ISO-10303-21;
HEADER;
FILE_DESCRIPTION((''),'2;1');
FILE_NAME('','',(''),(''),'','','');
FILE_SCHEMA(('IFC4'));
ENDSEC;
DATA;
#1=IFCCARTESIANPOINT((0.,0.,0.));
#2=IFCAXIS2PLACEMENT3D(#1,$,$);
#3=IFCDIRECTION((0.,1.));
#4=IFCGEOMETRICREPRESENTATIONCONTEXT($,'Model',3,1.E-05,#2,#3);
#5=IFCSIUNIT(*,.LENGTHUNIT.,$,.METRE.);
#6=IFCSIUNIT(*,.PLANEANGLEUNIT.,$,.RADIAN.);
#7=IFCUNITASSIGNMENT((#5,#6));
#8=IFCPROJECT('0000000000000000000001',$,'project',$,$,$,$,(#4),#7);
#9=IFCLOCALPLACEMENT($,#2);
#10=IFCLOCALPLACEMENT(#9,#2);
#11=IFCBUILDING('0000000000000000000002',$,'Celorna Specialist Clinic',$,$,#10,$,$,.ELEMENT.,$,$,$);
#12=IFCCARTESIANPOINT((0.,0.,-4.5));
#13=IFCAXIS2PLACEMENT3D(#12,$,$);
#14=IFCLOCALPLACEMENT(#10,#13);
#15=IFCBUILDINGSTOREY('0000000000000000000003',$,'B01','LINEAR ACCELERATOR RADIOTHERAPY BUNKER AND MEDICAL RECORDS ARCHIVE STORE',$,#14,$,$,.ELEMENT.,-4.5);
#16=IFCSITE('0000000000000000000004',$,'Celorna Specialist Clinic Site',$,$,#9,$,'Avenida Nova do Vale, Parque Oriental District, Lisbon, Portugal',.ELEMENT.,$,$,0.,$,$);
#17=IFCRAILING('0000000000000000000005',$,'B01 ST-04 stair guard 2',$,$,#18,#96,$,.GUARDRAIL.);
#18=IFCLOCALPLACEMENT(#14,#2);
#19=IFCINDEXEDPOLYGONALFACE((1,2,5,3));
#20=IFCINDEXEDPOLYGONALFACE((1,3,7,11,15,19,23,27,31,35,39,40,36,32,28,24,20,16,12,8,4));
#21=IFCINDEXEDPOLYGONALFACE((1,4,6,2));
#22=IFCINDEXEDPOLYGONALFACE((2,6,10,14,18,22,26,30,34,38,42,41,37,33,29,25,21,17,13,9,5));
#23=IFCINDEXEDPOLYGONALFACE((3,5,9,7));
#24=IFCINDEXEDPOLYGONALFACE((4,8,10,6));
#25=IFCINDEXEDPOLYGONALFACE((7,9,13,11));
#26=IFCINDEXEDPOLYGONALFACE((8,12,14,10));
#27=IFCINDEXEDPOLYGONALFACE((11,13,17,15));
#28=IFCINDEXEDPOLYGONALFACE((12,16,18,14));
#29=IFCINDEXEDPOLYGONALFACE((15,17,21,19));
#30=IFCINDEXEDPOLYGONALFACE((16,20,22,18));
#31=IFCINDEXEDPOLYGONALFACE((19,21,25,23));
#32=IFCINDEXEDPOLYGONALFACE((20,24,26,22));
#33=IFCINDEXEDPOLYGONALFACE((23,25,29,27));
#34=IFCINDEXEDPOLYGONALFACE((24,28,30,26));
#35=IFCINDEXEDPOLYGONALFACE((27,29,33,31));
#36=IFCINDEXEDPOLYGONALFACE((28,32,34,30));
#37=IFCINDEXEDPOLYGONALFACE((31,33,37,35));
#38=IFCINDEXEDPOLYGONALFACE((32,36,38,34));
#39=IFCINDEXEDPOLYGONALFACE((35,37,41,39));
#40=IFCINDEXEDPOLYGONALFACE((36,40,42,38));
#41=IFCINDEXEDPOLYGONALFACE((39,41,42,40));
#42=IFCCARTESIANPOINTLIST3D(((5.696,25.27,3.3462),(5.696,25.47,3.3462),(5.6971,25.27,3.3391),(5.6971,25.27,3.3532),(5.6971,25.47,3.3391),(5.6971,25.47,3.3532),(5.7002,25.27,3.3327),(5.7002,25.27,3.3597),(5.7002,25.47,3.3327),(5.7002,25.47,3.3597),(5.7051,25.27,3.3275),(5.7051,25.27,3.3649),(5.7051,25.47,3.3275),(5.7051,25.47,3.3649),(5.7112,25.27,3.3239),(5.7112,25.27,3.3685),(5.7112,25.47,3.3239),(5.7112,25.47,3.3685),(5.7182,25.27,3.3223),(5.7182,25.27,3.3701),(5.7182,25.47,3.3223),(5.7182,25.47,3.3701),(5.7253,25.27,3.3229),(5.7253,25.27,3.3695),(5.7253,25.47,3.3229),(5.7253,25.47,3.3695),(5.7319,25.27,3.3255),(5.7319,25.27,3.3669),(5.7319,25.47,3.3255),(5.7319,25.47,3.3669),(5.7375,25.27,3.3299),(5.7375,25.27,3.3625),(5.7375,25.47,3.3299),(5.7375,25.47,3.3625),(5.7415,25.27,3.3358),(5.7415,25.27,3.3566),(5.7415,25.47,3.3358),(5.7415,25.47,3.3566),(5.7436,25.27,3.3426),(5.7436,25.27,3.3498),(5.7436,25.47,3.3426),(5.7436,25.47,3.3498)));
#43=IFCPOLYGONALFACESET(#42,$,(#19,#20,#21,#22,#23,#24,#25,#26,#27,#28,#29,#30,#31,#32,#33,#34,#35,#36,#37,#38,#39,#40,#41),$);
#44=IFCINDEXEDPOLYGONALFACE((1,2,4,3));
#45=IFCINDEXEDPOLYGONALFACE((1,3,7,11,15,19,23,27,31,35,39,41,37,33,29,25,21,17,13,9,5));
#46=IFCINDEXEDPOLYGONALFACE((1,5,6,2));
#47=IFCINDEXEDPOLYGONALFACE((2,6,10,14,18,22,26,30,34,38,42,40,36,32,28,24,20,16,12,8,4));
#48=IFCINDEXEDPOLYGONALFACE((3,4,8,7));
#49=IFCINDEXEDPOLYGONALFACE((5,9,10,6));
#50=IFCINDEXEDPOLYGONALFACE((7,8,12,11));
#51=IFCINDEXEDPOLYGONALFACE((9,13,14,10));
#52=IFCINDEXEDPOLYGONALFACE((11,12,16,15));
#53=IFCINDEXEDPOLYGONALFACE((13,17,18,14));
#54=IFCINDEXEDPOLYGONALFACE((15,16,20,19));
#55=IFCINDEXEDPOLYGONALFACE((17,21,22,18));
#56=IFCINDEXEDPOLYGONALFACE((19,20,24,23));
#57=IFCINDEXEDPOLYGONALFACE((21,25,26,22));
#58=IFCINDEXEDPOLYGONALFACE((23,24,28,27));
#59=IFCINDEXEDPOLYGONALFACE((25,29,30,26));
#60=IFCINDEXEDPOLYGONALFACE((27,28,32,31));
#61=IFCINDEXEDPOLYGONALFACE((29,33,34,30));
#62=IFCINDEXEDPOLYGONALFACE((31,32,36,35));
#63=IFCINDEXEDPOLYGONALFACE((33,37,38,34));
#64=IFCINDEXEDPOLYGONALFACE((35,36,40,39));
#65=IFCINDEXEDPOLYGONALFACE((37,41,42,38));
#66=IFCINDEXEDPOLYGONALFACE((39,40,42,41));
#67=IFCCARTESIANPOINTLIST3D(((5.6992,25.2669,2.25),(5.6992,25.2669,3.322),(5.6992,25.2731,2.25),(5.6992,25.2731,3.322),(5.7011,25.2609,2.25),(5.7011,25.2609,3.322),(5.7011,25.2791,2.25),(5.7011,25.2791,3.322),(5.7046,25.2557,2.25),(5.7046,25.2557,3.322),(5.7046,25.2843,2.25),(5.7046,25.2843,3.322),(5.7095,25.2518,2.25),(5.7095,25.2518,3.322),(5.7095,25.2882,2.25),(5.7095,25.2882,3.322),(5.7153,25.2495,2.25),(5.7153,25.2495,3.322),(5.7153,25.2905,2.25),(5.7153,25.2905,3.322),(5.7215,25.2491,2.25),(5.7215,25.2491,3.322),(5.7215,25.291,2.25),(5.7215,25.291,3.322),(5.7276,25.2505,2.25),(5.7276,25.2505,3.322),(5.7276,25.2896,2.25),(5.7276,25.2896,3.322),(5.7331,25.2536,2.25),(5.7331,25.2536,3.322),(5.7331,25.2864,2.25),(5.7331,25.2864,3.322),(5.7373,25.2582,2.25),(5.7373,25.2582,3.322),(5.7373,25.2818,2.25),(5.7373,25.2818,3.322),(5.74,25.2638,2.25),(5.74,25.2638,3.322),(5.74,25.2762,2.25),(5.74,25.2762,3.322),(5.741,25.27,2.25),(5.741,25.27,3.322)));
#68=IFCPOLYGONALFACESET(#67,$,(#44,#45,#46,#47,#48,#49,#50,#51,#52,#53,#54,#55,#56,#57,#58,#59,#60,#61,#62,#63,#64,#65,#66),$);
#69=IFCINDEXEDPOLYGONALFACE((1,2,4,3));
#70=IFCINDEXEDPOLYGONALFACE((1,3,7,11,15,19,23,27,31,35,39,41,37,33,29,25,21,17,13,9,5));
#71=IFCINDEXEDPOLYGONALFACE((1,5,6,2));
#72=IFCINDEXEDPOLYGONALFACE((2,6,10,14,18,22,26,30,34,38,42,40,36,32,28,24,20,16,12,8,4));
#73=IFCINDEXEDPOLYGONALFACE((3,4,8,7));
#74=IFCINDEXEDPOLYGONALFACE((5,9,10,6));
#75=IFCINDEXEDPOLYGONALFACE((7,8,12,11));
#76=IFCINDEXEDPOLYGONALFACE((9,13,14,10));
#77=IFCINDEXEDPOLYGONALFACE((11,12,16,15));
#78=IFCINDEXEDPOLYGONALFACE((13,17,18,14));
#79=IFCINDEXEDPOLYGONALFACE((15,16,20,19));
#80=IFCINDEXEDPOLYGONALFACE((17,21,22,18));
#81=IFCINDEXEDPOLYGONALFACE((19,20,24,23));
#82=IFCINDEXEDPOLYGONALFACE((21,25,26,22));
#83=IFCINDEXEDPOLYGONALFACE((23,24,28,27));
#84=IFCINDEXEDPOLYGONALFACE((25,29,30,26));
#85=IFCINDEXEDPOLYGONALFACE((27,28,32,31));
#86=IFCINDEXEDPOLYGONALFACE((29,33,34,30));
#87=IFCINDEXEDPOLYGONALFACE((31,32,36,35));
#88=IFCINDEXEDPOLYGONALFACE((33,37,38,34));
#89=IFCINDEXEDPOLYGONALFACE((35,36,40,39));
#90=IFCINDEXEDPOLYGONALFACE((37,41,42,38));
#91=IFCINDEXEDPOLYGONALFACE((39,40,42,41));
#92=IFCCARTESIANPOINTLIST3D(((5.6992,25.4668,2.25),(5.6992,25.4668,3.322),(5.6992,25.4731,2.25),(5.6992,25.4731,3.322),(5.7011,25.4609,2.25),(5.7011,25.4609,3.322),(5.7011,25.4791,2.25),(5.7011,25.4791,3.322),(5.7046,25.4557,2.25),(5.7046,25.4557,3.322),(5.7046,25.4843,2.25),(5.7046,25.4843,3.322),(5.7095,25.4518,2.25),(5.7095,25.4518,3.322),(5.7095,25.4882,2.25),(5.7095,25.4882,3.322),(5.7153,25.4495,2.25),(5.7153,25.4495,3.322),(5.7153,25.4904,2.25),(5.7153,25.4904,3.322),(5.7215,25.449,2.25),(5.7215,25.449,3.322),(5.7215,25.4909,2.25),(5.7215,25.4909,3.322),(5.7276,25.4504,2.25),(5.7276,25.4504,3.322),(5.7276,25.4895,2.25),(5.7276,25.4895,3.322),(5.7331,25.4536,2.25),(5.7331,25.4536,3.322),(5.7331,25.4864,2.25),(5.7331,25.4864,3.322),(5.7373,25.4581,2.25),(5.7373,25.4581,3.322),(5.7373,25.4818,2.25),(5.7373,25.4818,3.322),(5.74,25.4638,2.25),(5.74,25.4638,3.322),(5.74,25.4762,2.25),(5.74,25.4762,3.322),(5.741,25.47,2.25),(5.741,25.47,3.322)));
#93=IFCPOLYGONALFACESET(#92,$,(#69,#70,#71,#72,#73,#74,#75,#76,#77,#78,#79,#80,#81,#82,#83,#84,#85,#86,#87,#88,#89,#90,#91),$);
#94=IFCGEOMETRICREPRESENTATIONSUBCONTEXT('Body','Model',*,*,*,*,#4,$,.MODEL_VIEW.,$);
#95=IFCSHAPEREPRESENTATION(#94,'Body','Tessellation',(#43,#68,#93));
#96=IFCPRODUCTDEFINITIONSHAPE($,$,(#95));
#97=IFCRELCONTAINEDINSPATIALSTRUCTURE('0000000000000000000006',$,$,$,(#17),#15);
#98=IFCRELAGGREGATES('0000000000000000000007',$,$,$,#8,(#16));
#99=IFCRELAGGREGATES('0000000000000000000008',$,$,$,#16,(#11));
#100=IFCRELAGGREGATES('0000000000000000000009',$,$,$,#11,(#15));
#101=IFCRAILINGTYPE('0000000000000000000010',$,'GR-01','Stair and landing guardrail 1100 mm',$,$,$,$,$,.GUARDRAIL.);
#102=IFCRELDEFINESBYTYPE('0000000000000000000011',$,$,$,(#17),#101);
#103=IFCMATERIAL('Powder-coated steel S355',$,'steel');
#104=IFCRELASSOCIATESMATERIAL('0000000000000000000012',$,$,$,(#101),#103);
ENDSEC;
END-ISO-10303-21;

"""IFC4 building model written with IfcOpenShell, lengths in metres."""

from ifc_helpers import new_model, si_unit, direction, frame, origin, origin_2d, place, context, subcontext, project, spatial, circle, extrude, material, type_object, element, save


model = new_model("IFC4")

# Units and contexts
model_context = context("Model", 3, precision=1e-05, world=origin(), true_north=direction((0.0, 1.0)))
body_context = subcontext(model_context, "Body", "Model", "MODEL_VIEW")
ifc_project = project(units=[si_unit("LENGTHUNIT", "METRE"), si_unit("PLANEANGLEUNIT", "RADIAN")], contexts=[model_context])

# Site, building, storey
site_placement = place(None, origin())
site = spatial("IfcSite", under=ifc_project, at=site_placement, Name="Celorna Specialist Clinic Site", LongName="Avenida Nova do Vale, Parque Oriental District, Lisbon, Portugal", CompositionType="ELEMENT", RefElevation=0.0)
building_placement = place(site_placement, origin())
building = spatial("IfcBuilding", under=site, at=building_placement, Name="Celorna Specialist Clinic", CompositionType="ELEMENT")
storey_placement = place(building_placement, frame((0.0, 0.0, -4.5)))
storey = spatial("IfcBuildingStorey", under=building, at=storey_placement, Name="B01", Description="LINEAR ACCELERATOR RADIOTHERAPY BUNKER AND MEDICAL RECORDS ARCHIVE STORE", CompositionType="ELEMENT", Elevation=-4.5)

# Railing
ifc_material_1 = material(Name="Powder-coated steel S355", Category="steel")
railing_type_1 = type_object("IfcRailingType", Name="GR-01", Description="Stair and landing guardrail 1100 mm", PredefinedType="GUARDRAIL", material=ifc_material_1)
railing_1_placement = place(storey_placement, frame((5.72, 25.27, 2.25)))
element("IfcRailing", 1, at=railing_1_placement, inside=storey, type_object=railing_type_1, Name="B01 ST-04 stair guard 2", PredefinedType="GUARDRAIL", context=body_context, shape_type="SweptSolid", body=[
    extrude(circle(Radius=0.0239, at=origin_2d()), frame((0.0, 0.0, 1.0962), z_axis=(0.0, 1.0, 0.0), x_axis=(-1.0, 0.0, 0.0)), (0.0, 0.0, 1.0), 0.2),
    extrude(circle(Radius=0.021, at=origin_2d()), origin(), (0.0, 0.0, 1.0), 1.072),
    extrude(circle(Radius=0.021, at=origin_2d()), frame((0.0, 0.2, 0.0)), (0.0, 0.0, 1.0), 1.072),
])

save(model, "model.ifc")
